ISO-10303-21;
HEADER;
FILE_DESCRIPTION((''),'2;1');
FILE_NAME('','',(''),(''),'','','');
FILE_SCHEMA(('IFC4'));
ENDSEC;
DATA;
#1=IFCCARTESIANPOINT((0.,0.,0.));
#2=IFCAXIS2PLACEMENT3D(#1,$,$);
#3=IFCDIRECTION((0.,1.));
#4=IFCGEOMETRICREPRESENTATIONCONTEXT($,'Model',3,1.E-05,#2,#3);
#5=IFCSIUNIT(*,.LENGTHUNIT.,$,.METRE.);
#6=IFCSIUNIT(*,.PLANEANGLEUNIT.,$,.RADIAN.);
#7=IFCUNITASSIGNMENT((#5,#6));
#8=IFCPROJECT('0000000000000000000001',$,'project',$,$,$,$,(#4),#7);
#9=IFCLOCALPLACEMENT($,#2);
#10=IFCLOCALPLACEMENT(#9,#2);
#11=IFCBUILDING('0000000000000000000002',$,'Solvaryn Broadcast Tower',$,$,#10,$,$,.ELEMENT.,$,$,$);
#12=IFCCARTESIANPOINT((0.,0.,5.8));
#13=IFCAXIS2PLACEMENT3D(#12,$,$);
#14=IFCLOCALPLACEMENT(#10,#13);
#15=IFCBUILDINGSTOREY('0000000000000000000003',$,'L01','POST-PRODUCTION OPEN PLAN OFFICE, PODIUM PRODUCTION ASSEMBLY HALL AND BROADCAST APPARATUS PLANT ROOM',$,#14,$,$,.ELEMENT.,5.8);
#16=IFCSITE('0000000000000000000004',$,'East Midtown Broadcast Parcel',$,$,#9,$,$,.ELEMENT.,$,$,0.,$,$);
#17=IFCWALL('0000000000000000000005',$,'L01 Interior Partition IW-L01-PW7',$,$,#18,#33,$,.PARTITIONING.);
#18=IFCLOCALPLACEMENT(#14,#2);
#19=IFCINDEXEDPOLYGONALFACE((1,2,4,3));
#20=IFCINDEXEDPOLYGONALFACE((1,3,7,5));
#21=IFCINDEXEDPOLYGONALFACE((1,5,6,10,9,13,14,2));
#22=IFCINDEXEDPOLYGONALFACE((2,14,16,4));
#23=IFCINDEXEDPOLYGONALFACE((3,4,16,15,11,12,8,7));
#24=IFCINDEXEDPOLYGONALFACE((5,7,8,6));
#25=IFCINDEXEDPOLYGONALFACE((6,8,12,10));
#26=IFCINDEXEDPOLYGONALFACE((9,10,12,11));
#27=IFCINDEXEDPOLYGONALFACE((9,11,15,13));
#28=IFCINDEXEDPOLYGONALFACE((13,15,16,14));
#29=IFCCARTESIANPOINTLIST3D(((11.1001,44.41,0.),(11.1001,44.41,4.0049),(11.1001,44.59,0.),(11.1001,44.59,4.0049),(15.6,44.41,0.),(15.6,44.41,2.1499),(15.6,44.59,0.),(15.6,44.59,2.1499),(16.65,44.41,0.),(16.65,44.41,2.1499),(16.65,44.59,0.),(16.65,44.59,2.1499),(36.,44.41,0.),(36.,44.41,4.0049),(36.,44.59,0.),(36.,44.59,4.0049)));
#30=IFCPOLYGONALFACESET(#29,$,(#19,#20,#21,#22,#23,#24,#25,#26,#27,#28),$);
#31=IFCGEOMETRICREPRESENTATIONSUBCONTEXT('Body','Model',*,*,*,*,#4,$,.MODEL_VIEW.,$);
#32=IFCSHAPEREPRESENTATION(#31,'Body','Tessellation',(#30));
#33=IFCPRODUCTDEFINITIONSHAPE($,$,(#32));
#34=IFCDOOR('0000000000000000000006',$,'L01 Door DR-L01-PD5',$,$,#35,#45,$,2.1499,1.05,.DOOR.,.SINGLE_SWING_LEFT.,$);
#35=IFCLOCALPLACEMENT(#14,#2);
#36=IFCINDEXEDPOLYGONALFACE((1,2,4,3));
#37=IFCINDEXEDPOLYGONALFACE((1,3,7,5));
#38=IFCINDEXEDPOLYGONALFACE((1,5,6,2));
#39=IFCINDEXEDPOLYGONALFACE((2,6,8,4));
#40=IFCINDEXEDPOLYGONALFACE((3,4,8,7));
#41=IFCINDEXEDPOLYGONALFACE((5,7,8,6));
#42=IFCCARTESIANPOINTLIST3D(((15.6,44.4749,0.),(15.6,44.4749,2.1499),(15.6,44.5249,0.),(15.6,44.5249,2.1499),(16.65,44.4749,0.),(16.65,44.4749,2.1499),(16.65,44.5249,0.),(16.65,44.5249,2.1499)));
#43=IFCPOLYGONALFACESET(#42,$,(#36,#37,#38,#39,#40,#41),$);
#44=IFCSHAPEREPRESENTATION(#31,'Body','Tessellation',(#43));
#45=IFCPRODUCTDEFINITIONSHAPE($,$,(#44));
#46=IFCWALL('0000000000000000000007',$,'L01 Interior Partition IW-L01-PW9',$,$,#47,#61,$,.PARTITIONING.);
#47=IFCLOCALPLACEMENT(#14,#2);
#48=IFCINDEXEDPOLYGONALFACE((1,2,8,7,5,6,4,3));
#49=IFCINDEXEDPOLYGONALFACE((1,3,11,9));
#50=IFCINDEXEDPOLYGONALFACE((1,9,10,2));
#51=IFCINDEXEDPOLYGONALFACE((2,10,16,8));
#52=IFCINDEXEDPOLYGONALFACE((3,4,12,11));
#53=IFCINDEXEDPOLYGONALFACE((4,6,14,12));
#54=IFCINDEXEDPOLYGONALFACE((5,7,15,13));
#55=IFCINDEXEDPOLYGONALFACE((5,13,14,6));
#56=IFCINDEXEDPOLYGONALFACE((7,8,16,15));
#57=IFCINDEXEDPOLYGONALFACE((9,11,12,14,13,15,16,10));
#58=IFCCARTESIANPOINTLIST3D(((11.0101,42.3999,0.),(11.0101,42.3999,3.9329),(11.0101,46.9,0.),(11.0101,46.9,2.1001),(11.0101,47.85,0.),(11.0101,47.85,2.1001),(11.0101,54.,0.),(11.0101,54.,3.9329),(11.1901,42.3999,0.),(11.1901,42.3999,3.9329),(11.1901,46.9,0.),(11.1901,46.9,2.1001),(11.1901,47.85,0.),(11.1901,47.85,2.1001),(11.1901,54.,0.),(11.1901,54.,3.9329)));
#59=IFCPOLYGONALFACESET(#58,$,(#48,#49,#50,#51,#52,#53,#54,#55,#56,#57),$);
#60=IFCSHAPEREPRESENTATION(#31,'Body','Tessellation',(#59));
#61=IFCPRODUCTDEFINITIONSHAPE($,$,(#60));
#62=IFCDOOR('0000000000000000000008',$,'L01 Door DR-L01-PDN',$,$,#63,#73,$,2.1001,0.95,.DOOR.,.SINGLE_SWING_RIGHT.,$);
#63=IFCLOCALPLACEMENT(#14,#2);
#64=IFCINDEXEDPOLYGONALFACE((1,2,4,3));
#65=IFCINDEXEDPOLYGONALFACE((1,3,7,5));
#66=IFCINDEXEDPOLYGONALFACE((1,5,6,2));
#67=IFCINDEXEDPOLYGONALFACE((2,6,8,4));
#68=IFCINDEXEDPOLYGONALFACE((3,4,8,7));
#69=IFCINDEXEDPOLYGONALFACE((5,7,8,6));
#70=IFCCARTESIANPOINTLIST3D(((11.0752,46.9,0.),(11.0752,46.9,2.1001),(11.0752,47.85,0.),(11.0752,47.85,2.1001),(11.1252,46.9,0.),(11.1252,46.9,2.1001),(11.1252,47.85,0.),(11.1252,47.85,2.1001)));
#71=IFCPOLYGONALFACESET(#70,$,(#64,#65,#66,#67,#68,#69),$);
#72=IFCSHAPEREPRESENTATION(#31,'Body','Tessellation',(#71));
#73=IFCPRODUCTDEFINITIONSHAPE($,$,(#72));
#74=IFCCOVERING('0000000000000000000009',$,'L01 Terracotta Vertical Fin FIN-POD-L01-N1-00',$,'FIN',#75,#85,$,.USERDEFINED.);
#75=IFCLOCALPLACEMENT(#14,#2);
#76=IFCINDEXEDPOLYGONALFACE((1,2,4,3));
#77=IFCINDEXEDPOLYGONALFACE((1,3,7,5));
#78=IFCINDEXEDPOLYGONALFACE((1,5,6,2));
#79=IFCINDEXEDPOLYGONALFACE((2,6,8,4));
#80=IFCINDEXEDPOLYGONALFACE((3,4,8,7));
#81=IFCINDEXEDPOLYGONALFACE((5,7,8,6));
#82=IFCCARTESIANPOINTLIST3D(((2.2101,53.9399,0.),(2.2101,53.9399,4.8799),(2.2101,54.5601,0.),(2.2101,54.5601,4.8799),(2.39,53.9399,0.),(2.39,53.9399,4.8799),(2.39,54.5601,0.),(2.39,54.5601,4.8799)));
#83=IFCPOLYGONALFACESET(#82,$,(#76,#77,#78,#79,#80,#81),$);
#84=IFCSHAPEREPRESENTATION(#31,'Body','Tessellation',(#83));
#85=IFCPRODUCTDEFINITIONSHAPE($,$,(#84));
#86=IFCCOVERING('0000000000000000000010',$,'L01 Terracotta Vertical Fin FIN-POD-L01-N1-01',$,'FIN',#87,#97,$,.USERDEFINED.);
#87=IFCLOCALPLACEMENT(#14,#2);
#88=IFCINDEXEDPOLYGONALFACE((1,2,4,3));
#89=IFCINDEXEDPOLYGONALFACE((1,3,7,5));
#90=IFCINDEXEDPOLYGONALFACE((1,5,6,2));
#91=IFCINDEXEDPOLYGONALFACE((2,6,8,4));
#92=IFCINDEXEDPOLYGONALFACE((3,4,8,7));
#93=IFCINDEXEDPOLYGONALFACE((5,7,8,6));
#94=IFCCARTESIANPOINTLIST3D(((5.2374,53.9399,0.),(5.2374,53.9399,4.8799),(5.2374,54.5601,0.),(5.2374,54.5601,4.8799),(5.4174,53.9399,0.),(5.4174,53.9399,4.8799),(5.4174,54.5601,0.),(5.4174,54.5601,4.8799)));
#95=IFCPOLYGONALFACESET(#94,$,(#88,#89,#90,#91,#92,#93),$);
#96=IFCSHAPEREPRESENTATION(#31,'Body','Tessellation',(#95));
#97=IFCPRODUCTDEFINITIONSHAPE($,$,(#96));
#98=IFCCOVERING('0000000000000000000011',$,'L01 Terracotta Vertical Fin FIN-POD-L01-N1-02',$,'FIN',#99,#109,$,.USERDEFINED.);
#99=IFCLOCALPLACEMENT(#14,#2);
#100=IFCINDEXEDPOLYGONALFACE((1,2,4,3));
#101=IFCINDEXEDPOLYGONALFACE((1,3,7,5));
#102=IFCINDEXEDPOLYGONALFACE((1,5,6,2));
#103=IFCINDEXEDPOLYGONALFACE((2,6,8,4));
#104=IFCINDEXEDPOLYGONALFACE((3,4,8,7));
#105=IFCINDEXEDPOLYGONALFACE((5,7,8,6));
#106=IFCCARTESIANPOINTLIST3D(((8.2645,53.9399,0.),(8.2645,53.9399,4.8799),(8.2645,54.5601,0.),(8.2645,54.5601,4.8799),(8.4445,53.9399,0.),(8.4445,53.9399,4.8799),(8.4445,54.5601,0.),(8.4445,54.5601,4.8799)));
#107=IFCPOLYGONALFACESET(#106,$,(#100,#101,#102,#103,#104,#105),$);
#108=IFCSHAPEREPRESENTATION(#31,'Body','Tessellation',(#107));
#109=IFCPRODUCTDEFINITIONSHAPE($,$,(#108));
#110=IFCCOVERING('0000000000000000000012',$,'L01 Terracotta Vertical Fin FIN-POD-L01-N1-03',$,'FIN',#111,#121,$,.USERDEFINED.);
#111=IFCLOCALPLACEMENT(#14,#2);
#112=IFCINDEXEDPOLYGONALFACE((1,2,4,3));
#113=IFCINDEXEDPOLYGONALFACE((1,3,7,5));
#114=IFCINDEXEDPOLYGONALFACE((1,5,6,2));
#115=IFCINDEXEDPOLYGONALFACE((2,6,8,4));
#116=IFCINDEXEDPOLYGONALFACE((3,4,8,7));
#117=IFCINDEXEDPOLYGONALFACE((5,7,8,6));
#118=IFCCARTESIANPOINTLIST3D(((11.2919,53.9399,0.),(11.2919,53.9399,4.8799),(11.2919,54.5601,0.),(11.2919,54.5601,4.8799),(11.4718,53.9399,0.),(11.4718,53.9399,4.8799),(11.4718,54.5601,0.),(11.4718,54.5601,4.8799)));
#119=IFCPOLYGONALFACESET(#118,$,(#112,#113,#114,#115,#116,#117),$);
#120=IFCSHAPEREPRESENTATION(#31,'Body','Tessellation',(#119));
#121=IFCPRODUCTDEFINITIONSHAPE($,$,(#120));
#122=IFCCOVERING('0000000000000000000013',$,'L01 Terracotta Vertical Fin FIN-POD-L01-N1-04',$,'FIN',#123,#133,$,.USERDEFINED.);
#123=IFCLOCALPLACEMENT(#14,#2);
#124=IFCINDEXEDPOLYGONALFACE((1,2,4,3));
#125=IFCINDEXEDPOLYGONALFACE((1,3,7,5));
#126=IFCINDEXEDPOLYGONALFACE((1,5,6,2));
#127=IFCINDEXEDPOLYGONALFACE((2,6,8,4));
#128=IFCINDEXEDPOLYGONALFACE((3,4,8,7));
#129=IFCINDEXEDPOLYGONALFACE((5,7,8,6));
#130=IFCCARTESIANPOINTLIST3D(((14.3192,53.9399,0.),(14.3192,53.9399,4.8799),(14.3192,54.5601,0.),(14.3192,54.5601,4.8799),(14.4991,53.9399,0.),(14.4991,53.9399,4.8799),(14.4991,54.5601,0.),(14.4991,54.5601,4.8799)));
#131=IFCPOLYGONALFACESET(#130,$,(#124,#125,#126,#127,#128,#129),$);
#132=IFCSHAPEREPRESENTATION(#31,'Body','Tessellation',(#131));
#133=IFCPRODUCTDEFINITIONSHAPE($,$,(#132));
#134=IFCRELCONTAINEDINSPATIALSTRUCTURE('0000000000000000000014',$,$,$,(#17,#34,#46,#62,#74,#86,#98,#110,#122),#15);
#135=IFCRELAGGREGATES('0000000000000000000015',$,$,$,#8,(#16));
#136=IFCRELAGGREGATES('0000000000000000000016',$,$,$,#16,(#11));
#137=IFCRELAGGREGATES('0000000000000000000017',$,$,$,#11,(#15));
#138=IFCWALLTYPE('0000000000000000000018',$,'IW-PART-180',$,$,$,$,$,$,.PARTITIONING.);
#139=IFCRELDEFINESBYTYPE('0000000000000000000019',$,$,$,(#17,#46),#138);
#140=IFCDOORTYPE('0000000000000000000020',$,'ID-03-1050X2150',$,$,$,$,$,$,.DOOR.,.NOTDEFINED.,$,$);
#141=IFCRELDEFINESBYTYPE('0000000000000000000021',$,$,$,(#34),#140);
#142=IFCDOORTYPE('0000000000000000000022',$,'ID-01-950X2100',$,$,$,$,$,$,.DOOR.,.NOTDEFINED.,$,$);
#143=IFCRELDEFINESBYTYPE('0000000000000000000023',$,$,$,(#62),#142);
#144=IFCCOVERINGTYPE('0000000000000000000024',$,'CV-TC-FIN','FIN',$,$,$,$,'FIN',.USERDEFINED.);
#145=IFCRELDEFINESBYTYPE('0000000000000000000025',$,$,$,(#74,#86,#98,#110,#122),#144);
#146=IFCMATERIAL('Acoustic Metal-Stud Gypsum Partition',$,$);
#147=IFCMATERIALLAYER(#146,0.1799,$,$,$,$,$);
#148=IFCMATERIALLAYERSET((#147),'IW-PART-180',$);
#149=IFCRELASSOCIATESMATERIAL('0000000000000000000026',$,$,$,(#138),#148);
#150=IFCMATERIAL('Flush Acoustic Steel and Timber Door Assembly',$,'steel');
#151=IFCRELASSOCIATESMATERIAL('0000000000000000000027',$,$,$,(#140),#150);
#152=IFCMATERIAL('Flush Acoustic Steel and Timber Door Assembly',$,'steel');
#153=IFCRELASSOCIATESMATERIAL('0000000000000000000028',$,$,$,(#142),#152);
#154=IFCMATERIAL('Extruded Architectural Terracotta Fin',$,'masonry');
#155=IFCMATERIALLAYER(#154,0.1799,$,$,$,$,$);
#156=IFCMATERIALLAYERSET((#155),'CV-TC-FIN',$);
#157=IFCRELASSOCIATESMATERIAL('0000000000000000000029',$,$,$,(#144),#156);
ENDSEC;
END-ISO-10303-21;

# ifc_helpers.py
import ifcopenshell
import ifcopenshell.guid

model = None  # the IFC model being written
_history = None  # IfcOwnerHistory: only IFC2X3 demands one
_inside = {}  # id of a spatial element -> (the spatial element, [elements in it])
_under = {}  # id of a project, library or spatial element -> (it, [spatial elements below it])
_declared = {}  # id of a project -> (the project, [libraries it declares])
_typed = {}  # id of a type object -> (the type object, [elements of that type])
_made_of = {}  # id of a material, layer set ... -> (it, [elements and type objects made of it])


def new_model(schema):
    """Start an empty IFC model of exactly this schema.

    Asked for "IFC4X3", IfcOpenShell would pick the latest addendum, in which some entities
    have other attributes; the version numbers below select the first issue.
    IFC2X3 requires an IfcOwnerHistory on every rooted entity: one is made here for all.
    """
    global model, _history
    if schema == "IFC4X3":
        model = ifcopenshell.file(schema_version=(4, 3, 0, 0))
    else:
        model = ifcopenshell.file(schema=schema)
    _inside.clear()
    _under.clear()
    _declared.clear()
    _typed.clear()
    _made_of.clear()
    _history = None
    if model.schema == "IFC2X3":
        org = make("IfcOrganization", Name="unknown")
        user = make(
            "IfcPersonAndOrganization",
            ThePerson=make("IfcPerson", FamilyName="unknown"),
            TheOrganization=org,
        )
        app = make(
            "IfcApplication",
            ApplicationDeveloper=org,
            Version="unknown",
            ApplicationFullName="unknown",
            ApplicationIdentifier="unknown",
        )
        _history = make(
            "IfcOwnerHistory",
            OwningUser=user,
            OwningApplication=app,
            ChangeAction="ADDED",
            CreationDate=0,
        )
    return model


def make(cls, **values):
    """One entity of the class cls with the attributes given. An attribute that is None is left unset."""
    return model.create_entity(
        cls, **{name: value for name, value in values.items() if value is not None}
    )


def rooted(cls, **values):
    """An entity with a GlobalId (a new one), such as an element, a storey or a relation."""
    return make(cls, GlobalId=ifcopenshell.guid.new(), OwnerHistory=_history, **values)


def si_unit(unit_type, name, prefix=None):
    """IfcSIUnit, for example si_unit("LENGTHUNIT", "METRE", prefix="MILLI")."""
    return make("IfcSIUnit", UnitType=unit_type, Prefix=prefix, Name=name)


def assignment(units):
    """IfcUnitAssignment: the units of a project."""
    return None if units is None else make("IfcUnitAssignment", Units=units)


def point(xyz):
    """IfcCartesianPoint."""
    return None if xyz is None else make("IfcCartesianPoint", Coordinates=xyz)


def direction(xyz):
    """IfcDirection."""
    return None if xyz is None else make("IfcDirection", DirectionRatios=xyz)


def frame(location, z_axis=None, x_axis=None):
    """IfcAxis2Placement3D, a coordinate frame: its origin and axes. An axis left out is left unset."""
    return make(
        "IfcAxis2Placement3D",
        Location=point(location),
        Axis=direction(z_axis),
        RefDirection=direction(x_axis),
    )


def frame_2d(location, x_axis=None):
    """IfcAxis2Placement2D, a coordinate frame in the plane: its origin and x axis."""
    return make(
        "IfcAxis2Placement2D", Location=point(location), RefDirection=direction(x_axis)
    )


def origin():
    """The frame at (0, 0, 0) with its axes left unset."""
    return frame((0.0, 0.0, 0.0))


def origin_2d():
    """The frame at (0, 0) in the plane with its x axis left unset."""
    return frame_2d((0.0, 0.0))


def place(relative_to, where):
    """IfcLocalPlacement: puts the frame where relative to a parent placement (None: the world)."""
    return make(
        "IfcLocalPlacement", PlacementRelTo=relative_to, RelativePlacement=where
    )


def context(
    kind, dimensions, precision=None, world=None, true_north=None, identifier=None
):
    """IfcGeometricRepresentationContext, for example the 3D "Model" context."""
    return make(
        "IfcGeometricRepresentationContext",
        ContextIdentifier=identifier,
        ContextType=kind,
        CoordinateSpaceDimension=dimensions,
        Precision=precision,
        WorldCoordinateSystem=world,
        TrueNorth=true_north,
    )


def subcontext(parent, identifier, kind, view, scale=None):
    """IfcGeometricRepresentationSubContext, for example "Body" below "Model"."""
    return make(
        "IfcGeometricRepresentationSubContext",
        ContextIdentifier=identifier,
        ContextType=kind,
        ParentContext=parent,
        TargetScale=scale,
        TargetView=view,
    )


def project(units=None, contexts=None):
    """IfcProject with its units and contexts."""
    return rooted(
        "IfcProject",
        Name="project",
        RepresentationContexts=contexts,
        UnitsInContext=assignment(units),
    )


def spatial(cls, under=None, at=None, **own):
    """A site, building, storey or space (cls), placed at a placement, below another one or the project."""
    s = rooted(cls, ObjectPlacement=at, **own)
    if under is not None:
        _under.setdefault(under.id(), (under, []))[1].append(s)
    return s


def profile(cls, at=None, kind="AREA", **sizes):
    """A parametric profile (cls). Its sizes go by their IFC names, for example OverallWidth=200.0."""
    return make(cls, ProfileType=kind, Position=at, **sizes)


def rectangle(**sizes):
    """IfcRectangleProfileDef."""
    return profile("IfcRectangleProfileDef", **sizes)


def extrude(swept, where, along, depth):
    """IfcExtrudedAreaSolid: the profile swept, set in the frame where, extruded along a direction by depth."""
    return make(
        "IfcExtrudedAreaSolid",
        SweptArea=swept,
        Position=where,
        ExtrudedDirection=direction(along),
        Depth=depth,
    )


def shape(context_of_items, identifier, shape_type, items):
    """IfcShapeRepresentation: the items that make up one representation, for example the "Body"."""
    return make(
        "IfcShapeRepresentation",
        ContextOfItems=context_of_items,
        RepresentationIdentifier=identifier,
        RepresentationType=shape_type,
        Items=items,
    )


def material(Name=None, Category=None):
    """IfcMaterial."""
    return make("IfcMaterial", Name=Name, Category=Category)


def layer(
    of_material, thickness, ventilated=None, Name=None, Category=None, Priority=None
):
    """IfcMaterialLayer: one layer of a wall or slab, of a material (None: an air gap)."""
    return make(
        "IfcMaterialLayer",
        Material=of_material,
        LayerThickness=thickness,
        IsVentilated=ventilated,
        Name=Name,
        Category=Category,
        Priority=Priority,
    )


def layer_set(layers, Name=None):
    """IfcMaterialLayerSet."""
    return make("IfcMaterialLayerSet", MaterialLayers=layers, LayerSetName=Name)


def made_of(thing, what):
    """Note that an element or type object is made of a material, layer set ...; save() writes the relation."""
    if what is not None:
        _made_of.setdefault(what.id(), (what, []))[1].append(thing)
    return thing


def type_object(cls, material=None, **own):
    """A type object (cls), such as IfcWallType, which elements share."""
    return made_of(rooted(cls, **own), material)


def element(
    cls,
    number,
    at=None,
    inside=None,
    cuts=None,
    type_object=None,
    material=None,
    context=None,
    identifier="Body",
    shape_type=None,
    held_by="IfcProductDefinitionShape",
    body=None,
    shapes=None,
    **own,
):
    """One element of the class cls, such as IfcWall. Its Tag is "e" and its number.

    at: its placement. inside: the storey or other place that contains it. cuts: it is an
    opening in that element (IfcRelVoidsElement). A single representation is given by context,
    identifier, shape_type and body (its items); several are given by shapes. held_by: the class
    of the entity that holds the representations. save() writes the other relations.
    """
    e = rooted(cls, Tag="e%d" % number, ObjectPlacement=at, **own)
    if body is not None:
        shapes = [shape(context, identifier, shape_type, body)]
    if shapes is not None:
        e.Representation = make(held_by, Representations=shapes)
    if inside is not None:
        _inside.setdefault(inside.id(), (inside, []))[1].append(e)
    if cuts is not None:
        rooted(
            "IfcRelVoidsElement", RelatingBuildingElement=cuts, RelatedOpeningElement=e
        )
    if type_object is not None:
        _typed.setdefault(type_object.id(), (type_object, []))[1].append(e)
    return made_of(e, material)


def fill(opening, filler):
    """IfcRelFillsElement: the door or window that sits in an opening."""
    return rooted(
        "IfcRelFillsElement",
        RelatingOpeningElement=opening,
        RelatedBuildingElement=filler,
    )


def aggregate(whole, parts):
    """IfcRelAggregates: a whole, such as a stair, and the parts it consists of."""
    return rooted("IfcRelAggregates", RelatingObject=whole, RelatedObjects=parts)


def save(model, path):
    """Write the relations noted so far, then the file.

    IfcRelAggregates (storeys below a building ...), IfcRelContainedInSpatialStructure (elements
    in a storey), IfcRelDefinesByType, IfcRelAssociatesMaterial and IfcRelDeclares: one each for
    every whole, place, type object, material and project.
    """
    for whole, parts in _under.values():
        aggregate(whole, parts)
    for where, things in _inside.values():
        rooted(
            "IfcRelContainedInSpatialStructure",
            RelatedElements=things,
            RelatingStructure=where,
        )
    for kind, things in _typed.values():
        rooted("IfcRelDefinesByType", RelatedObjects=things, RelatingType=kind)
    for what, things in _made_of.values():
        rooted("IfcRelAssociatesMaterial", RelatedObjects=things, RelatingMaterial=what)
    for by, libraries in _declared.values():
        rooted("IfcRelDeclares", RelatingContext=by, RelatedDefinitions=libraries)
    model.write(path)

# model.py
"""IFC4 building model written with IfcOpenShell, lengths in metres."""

from ifc_helpers import new_model, si_unit, direction, frame, frame_2d, origin, origin_2d, place, context, subcontext, project, spatial, rectangle, extrude, material, layer, layer_set, type_object, element, fill, save


model = new_model("IFC4")

# Units and contexts
model_context = context("Model", 3, precision=1e-05, world=origin(), true_north=direction((0.0, 1.0)))
body_context = subcontext(model_context, "Body", "Model", "MODEL_VIEW")
ifc_project = project(units=[si_unit("LENGTHUNIT", "METRE"), si_unit("PLANEANGLEUNIT", "RADIAN")], contexts=[model_context])

# Site, building, storey
site_placement = place(None, origin())
site = spatial("IfcSite", under=ifc_project, at=site_placement, Name="East Midtown Broadcast Parcel", CompositionType="ELEMENT", RefElevation=0.0)
building_placement = place(site_placement, origin())
building = spatial("IfcBuilding", under=site, at=building_placement, Name="Solvaryn Broadcast Tower", CompositionType="ELEMENT")
storey_placement = place(building_placement, frame((0.0, 0.0, 5.8)))
storey = spatial("IfcBuildingStorey", under=building, at=storey_placement, Name="L01", Description="POST-PRODUCTION OPEN PLAN OFFICE, PODIUM PRODUCTION ASSEMBLY HALL AND BROADCAST APPARATUS PLANT ROOM", CompositionType="ELEMENT", Elevation=5.8)

# Walls, openings, doors
ifc_material_1 = material(Name="Acoustic Metal-Stud Gypsum Partition")
ifc_layer_1 = layer(ifc_material_1, 0.1799)
ifc_layer_set_1 = layer_set([ifc_layer_1], Name="IW-PART-180")
wall_type_1 = type_object("IfcWallType", Name="IW-PART-180", PredefinedType="PARTITIONING", material=ifc_layer_set_1)
wall_1_placement = place(storey_placement, frame((11.1001, 44.5, 0.0), z_axis=(0.0, 0.0, 1.0), x_axis=(1.0, 0.0, 0.0)))
wall_1 = element("IfcWall", 1, at=wall_1_placement, inside=storey, type_object=wall_type_1, Name="L01 Interior Partition IW-L01-PW7", PredefinedType="PARTITIONING", context=body_context, shape_type="SweptSolid", body=[
    extrude(rectangle(XDim=24.8999, YDim=0.1799, at=frame_2d((12.45, 0.0))), origin(), (0.0, 0.0, 1.0), 4.0049),
])
opening_1_placement = place(wall_1_placement, frame((4.5, 0.0, 0.0)))
opening_1 = element("IfcOpeningElement", 2, at=opening_1_placement, cuts=wall_1, PredefinedType="OPENING", context=body_context, shape_type="SweptSolid", body=[
    extrude(rectangle(XDim=1.05, YDim=2.1499, at=frame_2d((0.5249, 1.075))), frame((0.0, 0.0999, 0.0), z_axis=(0.0, -1.0, 0.0), x_axis=(1.0, 0.0, 0.0)), (0.0, 0.0, 1.0), 0.2),
])
ifc_material_2 = material(Name="Flush Acoustic Steel and Timber Door Assembly", Category="steel")
door_type_1 = type_object("IfcDoorType", Name="ID-03-1050X2150", OperationType="NOTDEFINED", PredefinedType="DOOR", material=ifc_material_2)
door_1_placement = place(opening_1_placement, origin())
door_1 = element("IfcDoor", 3, at=door_1_placement, inside=storey, type_object=door_type_1, Name="L01 Door DR-L01-PD5", OperationType="SINGLE_SWING_LEFT", OverallHeight=2.1499, OverallWidth=1.05, PredefinedType="DOOR", context=body_context, shape_type="SweptSolid", body=[
    extrude(rectangle(XDim=1.05, YDim=2.1499, at=frame_2d((0.5249, 1.075))), frame((0.0, 0.0249, 0.0), z_axis=(0.0, -1.0, 0.0), x_axis=(1.0, 0.0, 0.0)), (0.0, 0.0, 1.0), 0.05),
])
fill(opening_1, door_1)
wall_2_placement = place(storey_placement, frame((11.1001, 42.3999, 0.0), z_axis=(0.0, 0.0, 1.0), x_axis=(0.0, 1.0, 0.0)))
wall_2 = element("IfcWall", 4, at=wall_2_placement, inside=storey, type_object=wall_type_1, Name="L01 Interior Partition IW-L01-PW9", PredefinedType="PARTITIONING", context=body_context, shape_type="SweptSolid", body=[
    extrude(rectangle(XDim=11.6001, YDim=0.1799, at=frame_2d((5.8, 0.0))), origin(), (0.0, 0.0, 1.0), 3.9329),
])
opening_2_placement = place(wall_2_placement, frame((4.5, 0.0, 0.0)))
opening_2 = element("IfcOpeningElement", 5, at=opening_2_placement, cuts=wall_2, PredefinedType="OPENING", context=body_context, shape_type="SweptSolid", body=[
    extrude(rectangle(XDim=0.95, YDim=2.1001, at=frame_2d((0.4751, 1.05))), frame((0.0, 0.0999, 0.0), z_axis=(0.0, -1.0, 0.0), x_axis=(1.0, 0.0, 0.0)), (0.0, 0.0, 1.0), 0.2),
])
ifc_material_3 = material(Name="Flush Acoustic Steel and Timber Door Assembly", Category="steel")
door_type_2 = type_object("IfcDoorType", Name="ID-01-950X2100", OperationType="NOTDEFINED", PredefinedType="DOOR", material=ifc_material_3)
door_2_placement = place(opening_2_placement, origin())
door_2 = element("IfcDoor", 6, at=door_2_placement, inside=storey, type_object=door_type_2, Name="L01 Door DR-L01-PDN", OperationType="SINGLE_SWING_RIGHT", OverallHeight=2.1001, OverallWidth=0.95, PredefinedType="DOOR", context=body_context, shape_type="SweptSolid", body=[
    extrude(rectangle(XDim=0.95, YDim=2.1001, at=frame_2d((0.4751, 1.05))), frame((0.0, 0.0249, 0.0), z_axis=(0.0, -1.0, 0.0), x_axis=(1.0, 0.0, 0.0)), (0.0, 0.0, 1.0), 0.05),
])
fill(opening_2, door_2)

# Coverings
ifc_material_4 = material(Name="Extruded Architectural Terracotta Fin", Category="masonry")
ifc_layer_2 = layer(ifc_material_4, 0.1799)
ifc_layer_set_2 = layer_set([ifc_layer_2], Name="CV-TC-FIN")
covering_type = type_object("IfcCoveringType", Name="CV-TC-FIN", Description="FIN", ElementType="FIN", PredefinedType="USERDEFINED", material=ifc_layer_set_2)
for number, where, z_axis, x_axis, name in (
    (7, (2.3, 54.25, 0.0), (0.0, 0.0, 1.0), (1.0, 0.0, 0.0), "L01 Terracotta Vertical Fin FIN-POD-L01-N1-00"),
    (8, (5.3274, 54.25, 0.0), (0.0, 0.0, 1.0), (1.0, 0.0, 0.0), "L01 Terracotta Vertical Fin FIN-POD-L01-N1-01"),
    (9, (8.3545, 54.25, 0.0), (0.0, 0.0, 1.0), (1.0, 0.0, 0.0), "L01 Terracotta Vertical Fin FIN-POD-L01-N1-02"),
    (10, (11.3818, 54.25, 0.0), (0.0, 0.0, 1.0), (1.0, 0.0, 0.0), "L01 Terracotta Vertical Fin FIN-POD-L01-N1-03"),
    (11, (14.4092, 54.25, 0.0), (0.0, 0.0, 1.0), (1.0, 0.0, 0.0), "L01 Terracotta Vertical Fin FIN-POD-L01-N1-04"),
):
    element("IfcCovering", number, at=place(storey_placement, frame(where, z_axis=z_axis, x_axis=x_axis)), inside=storey, type_object=covering_type, Name=name, ObjectType="FIN", PredefinedType="USERDEFINED", context=body_context, shape_type="SweptSolid", body=[
        extrude(rectangle(XDim=0.1799, YDim=0.6201, at=origin_2d()), origin(), (0.0, 0.0, 1.0), 4.8799),
    ])

save(model, "model.ifc")
